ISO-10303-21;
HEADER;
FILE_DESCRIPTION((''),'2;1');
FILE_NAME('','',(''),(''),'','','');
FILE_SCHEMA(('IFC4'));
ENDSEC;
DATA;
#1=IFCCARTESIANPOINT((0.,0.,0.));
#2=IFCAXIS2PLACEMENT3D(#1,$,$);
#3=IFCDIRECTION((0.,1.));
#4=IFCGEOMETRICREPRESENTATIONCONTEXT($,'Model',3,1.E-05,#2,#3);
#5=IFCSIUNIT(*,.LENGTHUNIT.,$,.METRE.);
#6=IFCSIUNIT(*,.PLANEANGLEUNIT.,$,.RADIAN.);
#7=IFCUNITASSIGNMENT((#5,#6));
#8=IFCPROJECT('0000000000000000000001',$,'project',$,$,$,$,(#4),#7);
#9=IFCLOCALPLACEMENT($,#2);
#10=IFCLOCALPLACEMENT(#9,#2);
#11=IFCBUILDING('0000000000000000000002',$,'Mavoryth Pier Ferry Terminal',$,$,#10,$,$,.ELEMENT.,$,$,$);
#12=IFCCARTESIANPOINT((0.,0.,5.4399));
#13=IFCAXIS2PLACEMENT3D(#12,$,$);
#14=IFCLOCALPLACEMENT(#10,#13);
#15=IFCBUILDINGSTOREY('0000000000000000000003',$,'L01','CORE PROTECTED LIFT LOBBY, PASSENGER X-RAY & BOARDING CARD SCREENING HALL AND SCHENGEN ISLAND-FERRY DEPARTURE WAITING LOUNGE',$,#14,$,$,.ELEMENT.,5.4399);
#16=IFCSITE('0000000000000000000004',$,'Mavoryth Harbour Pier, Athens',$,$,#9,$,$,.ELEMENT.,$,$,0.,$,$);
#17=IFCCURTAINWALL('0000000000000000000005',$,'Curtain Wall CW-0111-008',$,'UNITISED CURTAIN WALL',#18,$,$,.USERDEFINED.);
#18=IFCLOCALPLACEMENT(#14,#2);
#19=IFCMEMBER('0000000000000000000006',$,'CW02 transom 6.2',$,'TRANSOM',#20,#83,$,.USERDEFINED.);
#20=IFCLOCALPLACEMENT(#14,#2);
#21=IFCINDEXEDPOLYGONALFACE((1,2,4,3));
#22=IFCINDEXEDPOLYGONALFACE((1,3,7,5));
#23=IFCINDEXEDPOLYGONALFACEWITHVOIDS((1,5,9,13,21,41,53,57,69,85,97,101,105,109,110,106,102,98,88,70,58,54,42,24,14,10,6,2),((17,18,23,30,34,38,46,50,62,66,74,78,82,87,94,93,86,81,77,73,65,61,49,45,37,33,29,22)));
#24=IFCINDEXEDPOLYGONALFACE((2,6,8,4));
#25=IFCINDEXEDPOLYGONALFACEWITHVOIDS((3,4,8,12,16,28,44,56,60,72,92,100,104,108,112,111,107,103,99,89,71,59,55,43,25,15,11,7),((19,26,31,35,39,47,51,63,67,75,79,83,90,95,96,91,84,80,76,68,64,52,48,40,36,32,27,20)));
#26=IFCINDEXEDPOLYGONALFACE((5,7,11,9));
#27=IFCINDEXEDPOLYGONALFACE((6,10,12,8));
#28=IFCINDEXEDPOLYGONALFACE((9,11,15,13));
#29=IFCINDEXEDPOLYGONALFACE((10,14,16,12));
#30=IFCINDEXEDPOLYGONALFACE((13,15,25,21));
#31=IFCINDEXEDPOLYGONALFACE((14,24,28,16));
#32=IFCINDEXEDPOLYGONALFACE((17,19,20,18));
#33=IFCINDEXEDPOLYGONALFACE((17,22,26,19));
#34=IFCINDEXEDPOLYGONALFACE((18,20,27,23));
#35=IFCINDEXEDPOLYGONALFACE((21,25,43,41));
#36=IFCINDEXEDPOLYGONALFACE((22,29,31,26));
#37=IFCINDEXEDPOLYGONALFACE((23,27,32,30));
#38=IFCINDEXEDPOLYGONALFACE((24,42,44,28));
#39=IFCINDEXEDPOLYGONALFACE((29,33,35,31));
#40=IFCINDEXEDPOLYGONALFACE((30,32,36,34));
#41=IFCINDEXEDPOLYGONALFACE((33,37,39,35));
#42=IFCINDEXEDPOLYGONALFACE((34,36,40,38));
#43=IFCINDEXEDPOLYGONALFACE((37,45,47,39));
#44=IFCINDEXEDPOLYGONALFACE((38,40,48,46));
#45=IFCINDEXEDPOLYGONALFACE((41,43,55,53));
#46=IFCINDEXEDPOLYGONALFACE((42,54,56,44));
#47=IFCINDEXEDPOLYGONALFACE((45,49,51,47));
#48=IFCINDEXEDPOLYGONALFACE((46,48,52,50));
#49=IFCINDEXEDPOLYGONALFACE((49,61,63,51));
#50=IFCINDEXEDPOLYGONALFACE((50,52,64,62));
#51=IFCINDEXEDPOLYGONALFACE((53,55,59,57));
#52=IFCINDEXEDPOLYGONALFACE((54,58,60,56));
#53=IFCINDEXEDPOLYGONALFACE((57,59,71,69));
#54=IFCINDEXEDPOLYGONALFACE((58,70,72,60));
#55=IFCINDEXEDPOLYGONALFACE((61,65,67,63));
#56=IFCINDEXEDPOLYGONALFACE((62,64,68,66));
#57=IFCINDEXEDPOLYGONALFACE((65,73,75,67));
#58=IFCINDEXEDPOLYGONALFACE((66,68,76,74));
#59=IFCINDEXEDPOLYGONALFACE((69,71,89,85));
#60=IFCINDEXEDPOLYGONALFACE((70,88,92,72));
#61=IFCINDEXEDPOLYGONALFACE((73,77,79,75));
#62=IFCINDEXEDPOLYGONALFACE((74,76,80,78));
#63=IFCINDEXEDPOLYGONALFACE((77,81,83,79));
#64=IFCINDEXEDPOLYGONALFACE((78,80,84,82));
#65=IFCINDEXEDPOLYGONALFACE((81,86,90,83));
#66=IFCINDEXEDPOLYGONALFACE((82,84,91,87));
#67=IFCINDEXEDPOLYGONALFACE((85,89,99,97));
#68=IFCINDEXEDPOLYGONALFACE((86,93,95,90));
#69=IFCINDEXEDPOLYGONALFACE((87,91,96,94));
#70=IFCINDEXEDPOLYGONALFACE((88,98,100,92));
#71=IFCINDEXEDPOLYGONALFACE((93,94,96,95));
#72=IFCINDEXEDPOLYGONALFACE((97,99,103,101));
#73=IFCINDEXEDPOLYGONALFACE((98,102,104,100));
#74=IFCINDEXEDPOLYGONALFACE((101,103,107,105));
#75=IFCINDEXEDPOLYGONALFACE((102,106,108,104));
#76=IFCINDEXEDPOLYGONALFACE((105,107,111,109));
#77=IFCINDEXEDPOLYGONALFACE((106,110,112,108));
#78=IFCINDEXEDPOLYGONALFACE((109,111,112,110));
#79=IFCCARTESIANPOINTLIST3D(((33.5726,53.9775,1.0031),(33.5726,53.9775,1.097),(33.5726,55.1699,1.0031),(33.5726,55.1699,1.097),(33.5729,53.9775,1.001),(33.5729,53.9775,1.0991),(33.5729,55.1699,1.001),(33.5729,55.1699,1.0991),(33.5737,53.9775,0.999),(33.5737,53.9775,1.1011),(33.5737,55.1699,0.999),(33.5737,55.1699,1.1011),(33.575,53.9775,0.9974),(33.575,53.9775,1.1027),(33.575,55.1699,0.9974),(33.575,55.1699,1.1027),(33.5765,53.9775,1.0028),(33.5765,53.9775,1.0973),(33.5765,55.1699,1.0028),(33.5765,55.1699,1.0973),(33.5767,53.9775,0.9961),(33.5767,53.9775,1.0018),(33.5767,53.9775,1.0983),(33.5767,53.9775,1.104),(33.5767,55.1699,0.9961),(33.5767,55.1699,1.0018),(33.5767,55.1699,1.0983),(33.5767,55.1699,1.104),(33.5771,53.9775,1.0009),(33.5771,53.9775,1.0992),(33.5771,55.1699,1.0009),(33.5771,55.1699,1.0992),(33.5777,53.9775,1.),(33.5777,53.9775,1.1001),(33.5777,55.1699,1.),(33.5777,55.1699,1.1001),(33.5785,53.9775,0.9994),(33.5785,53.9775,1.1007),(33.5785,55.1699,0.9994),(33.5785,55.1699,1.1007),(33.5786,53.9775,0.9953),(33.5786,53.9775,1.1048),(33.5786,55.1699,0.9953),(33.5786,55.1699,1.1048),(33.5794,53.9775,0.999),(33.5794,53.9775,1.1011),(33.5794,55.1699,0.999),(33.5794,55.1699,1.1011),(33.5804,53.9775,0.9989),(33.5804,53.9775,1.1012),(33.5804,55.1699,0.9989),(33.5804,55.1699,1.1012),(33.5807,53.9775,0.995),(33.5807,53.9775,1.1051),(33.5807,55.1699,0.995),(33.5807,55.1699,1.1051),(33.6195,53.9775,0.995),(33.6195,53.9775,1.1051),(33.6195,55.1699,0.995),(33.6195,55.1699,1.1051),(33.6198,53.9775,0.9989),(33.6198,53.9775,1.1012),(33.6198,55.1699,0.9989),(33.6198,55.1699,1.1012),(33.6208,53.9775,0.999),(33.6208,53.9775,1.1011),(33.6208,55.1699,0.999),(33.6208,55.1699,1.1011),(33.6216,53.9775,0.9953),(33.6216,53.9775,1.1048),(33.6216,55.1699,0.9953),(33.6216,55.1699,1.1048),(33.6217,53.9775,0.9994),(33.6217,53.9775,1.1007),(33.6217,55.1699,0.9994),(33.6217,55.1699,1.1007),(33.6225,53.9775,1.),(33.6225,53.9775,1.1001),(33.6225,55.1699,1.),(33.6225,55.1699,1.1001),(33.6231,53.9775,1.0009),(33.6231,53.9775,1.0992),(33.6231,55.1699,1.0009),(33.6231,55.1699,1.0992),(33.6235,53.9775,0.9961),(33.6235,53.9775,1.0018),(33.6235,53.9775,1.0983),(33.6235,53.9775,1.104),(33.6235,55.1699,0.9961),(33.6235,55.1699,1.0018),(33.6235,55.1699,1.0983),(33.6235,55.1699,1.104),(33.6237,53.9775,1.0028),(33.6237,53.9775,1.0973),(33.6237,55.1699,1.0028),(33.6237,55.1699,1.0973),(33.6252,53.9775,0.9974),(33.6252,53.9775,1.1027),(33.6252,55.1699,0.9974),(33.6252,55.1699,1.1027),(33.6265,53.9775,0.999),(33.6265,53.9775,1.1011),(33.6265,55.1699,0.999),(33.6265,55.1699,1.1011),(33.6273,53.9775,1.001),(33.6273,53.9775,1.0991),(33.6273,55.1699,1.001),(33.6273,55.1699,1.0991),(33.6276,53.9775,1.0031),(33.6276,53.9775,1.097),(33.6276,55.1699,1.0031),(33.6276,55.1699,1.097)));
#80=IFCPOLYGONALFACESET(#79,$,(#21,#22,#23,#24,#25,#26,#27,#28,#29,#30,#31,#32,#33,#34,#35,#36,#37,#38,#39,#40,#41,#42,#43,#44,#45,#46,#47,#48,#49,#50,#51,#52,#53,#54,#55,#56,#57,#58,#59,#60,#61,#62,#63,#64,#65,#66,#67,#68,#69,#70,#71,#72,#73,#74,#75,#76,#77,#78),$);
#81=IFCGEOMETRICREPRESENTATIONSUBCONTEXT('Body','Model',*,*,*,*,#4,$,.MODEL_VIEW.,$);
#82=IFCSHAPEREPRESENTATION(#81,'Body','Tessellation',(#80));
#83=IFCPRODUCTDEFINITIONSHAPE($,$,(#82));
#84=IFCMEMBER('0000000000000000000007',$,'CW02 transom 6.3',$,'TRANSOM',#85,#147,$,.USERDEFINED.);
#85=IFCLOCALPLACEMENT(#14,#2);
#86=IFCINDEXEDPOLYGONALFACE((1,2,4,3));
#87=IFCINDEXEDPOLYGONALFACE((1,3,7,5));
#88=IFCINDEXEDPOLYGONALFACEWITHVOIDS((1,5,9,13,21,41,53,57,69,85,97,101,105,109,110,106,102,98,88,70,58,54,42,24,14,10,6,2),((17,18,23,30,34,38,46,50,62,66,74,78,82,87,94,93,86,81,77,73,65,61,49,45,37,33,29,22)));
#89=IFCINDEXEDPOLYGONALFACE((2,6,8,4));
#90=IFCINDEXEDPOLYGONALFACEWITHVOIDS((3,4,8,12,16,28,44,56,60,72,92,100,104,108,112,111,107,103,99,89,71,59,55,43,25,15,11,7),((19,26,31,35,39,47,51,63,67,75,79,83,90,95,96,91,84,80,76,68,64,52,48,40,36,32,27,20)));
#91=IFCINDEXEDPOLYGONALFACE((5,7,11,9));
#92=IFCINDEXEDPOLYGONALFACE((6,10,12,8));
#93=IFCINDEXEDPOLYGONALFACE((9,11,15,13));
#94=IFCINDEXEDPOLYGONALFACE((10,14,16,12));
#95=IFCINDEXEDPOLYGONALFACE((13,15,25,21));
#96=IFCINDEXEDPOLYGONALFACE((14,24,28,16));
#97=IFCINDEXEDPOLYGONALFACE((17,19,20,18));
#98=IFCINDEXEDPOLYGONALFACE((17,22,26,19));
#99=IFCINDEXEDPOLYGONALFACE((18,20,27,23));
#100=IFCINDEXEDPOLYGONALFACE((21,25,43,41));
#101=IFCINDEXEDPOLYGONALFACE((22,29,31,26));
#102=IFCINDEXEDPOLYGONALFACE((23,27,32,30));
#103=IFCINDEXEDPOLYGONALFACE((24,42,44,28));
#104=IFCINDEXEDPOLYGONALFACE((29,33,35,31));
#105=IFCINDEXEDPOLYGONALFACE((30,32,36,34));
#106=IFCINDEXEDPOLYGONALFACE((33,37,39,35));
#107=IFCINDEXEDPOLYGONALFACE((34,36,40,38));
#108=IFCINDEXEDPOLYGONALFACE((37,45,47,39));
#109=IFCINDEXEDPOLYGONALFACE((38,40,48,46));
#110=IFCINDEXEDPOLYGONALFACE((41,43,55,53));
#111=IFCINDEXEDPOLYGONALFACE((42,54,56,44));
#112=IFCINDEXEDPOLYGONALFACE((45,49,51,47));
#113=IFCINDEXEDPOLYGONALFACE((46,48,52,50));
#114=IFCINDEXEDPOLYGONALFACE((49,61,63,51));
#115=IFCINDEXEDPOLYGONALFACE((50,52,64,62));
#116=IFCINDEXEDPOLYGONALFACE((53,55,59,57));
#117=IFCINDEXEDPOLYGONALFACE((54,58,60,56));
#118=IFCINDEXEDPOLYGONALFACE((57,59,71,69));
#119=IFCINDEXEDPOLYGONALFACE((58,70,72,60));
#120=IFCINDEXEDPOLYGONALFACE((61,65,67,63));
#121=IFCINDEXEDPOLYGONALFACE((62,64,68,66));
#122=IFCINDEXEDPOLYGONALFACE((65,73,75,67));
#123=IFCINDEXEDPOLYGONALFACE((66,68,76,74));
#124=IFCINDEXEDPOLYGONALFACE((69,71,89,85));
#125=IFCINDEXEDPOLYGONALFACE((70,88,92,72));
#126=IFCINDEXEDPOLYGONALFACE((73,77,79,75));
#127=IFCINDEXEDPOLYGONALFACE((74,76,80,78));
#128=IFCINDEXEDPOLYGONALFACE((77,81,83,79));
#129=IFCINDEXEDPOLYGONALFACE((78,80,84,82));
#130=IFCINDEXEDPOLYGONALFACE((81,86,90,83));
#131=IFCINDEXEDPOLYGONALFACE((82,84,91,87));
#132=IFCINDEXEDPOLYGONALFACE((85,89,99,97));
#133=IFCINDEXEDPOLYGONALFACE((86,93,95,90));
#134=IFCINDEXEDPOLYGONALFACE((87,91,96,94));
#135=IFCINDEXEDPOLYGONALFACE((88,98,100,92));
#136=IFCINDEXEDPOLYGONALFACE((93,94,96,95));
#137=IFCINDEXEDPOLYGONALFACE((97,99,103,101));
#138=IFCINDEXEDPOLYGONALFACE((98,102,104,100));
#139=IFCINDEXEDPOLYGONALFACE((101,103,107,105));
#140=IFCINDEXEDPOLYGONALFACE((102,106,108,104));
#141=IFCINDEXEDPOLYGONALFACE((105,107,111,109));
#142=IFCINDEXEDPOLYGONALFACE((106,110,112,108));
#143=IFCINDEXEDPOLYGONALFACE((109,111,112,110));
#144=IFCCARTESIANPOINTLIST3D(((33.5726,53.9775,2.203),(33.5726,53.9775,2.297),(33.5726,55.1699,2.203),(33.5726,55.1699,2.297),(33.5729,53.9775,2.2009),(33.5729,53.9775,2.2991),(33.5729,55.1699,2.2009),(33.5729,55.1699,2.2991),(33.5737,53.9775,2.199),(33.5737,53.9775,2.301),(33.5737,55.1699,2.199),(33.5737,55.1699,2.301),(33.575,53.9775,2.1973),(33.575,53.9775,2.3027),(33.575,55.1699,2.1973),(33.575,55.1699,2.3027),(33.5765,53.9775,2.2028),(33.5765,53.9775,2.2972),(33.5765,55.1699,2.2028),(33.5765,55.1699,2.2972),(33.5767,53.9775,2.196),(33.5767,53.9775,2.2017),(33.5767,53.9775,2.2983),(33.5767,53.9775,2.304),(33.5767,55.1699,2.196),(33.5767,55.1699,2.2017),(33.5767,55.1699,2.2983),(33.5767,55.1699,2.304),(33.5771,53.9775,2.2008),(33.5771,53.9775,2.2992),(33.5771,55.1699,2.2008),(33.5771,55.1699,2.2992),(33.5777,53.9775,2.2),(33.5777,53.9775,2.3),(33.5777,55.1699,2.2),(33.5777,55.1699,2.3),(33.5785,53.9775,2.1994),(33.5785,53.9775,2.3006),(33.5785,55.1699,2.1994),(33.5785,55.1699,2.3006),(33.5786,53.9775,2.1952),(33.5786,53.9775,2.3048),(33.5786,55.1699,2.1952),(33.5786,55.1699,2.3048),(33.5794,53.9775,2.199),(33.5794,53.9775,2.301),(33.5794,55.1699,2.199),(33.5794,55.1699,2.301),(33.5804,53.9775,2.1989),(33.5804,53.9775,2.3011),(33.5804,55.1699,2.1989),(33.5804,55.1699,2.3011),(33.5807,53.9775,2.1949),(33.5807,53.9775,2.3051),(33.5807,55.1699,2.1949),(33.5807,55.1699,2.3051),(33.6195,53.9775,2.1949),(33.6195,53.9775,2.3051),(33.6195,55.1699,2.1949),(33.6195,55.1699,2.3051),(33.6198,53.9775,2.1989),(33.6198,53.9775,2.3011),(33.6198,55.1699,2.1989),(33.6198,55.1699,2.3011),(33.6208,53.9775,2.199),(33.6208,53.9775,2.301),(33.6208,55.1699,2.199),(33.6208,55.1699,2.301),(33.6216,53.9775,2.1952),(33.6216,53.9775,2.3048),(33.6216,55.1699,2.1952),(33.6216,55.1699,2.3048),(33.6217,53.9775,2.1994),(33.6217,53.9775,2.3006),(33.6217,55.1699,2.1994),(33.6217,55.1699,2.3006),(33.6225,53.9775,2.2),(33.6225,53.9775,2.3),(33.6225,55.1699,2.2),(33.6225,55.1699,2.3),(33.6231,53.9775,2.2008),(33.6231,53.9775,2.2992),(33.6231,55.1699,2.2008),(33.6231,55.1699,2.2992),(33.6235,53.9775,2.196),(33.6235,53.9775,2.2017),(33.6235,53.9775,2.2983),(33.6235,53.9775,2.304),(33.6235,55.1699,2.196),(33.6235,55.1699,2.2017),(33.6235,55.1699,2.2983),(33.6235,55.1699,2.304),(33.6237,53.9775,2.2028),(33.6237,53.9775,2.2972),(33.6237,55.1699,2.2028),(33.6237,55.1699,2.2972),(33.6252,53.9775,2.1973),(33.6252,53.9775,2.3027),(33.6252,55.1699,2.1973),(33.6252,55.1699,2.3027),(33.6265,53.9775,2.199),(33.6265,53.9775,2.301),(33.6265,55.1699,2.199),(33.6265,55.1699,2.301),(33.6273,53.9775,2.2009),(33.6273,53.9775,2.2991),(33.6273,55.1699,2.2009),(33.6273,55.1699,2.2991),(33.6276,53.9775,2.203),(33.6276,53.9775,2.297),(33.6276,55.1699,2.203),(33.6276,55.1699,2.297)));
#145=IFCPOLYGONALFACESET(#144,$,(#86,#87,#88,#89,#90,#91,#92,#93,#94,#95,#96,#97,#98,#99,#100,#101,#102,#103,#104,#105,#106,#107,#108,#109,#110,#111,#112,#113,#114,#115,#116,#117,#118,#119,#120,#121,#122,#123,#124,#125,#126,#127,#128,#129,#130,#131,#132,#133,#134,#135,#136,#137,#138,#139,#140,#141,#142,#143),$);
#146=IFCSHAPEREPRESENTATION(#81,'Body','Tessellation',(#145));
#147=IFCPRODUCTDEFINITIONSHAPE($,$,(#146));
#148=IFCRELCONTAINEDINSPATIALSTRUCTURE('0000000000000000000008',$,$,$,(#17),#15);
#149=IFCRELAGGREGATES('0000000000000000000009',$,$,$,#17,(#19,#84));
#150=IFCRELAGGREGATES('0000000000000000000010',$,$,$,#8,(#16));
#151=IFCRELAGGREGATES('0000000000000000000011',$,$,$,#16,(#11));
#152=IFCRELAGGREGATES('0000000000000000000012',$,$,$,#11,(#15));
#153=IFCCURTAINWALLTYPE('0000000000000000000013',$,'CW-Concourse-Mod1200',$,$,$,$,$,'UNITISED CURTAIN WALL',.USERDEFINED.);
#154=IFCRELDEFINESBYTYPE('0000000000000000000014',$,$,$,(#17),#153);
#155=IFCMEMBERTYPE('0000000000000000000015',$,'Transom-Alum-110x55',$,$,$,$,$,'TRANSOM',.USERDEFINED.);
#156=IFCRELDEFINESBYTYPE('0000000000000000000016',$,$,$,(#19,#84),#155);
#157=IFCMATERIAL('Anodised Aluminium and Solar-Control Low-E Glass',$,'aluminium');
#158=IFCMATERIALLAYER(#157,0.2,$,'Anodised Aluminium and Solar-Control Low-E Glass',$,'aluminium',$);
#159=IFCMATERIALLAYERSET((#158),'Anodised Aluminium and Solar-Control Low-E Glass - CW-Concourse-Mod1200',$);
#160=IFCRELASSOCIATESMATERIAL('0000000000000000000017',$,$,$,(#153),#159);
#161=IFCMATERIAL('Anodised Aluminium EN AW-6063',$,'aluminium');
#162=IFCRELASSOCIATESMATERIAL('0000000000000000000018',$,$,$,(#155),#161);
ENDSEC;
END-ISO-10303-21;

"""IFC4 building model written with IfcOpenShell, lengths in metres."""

from ifc_helpers import new_model, si_unit, direction, frame, origin, origin_2d, place, context, subcontext, project, spatial, hollow_rectangle, extrude, material, layer, layer_set, material_profile, profile_set, type_object, element, aggregate, save


model = new_model("IFC4")

# Units and contexts
model_context = context("Model", 3, precision=1e-05, world=origin(), true_north=direction((0.0, 1.0)))
body_context = subcontext(model_context, "Body", "Model", "MODEL_VIEW")
ifc_project = project(units=[si_unit("LENGTHUNIT", "METRE"), si_unit("PLANEANGLEUNIT", "RADIAN")], contexts=[model_context])

# Site, building, storey
site_placement = place(None, origin())
site = spatial("IfcSite", under=ifc_project, at=site_placement, Name="Mavoryth Harbour Pier, Athens", CompositionType="ELEMENT", RefElevation=0.0)
building_placement = place(site_placement, origin())
building = spatial("IfcBuilding", under=site, at=building_placement, Name="Mavoryth Pier Ferry Terminal", CompositionType="ELEMENT")
storey_placement = place(building_placement, frame((0.0, 0.0, 5.4399)))
storey = spatial("IfcBuildingStorey", under=building, at=storey_placement, Name="L01", Description="CORE PROTECTED LIFT LOBBY, PASSENGER X-RAY & BOARDING CARD SCREENING HALL AND SCHENGEN ISLAND-FERRY DEPARTURE WAITING LOUNGE", CompositionType="ELEMENT", Elevation=5.4399)

# Curtain wall
ifc_material_1 = material(Name="Anodised Aluminium and Solar-Control Low-E Glass", Category="aluminium")
ifc_layer_1 = layer(ifc_material_1, 0.2, Name="Anodised Aluminium and Solar-Control Low-E Glass", Category="aluminium")
ifc_layer_set_1 = layer_set([ifc_layer_1], Name="Anodised Aluminium and Solar-Control Low-E Glass - CW-Concourse-Mod1200")
curtain_wall_type = type_object("IfcCurtainWallType", Name="CW-Concourse-Mod1200", ElementType="UNITISED CURTAIN WALL", PredefinedType="USERDEFINED", material=ifc_layer_set_1)
curtain_wall_1_placement = place(storey_placement, origin())
curtain_wall_1 = element("IfcCurtainWall", 1, at=curtain_wall_1_placement, inside=storey, type_object=curtain_wall_type, Name="Curtain Wall CW-0111-008", ObjectType="UNITISED CURTAIN WALL", PredefinedType="USERDEFINED")
ifc_material_2 = material(Name="Anodised Aluminium EN AW-6063", Category="aluminium")

# Members
ifc_material_profile_1 = material_profile(ifc_material_2, hollow_rectangle(XDim=0.0549, YDim=0.1101, WallThickness=0.0039, InnerFilletRadius=0.0039, OuterFilletRadius=0.0081, at=origin_2d()), Name="AL-TRAN 110x55x4", Category="aluminium")
ifc_profile_set_1 = profile_set([ifc_material_profile_1], Name="Anodised Aluminium EN AW-6063 - AL-TRAN 110x55x4")
member_type_1 = type_object("IfcMemberType", Name="Transom-Alum-110x55", ElementType="TRANSOM", PredefinedType="USERDEFINED", material=ifc_profile_set_1)
member_1_placement = place(storey_placement, frame((33.6001, 53.9775, 1.05), z_axis=(0.0, 1.0, 0.0), x_axis=(-1.0, 0.0, 0.0)))
member_1 = element("IfcMember", 2, at=member_1_placement, type_object=member_type_1, Name="CW02 transom 6.2", ObjectType="TRANSOM", PredefinedType="USERDEFINED", context=body_context, shape_type="SweptSolid", body=[
    extrude(hollow_rectangle(XDim=0.0549, YDim=0.1101, WallThickness=0.0039, InnerFilletRadius=0.0039, OuterFilletRadius=0.0081, at=origin_2d()), origin(), (0.0, 0.0, 1.0), 1.1924),
])
member_2_placement = place(storey_placement, frame((33.6001, 53.9775, 2.25), z_axis=(0.0, 1.0, 0.0), x_axis=(-1.0, 0.0, 0.0)))
member_2 = element("IfcMember", 3, at=member_2_placement, type_object=member_type_1, Name="CW02 transom 6.3", ObjectType="TRANSOM", PredefinedType="USERDEFINED", context=body_context, shape_type="SweptSolid", body=[
    extrude(hollow_rectangle(XDim=0.0549, YDim=0.1101, WallThickness=0.0039, InnerFilletRadius=0.0039, OuterFilletRadius=0.0081, at=origin_2d()), origin(), (0.0, 0.0, 1.0), 1.1924),
])

aggregate(curtain_wall_1, [member_1, member_2])

save(model, "model.ifc")
